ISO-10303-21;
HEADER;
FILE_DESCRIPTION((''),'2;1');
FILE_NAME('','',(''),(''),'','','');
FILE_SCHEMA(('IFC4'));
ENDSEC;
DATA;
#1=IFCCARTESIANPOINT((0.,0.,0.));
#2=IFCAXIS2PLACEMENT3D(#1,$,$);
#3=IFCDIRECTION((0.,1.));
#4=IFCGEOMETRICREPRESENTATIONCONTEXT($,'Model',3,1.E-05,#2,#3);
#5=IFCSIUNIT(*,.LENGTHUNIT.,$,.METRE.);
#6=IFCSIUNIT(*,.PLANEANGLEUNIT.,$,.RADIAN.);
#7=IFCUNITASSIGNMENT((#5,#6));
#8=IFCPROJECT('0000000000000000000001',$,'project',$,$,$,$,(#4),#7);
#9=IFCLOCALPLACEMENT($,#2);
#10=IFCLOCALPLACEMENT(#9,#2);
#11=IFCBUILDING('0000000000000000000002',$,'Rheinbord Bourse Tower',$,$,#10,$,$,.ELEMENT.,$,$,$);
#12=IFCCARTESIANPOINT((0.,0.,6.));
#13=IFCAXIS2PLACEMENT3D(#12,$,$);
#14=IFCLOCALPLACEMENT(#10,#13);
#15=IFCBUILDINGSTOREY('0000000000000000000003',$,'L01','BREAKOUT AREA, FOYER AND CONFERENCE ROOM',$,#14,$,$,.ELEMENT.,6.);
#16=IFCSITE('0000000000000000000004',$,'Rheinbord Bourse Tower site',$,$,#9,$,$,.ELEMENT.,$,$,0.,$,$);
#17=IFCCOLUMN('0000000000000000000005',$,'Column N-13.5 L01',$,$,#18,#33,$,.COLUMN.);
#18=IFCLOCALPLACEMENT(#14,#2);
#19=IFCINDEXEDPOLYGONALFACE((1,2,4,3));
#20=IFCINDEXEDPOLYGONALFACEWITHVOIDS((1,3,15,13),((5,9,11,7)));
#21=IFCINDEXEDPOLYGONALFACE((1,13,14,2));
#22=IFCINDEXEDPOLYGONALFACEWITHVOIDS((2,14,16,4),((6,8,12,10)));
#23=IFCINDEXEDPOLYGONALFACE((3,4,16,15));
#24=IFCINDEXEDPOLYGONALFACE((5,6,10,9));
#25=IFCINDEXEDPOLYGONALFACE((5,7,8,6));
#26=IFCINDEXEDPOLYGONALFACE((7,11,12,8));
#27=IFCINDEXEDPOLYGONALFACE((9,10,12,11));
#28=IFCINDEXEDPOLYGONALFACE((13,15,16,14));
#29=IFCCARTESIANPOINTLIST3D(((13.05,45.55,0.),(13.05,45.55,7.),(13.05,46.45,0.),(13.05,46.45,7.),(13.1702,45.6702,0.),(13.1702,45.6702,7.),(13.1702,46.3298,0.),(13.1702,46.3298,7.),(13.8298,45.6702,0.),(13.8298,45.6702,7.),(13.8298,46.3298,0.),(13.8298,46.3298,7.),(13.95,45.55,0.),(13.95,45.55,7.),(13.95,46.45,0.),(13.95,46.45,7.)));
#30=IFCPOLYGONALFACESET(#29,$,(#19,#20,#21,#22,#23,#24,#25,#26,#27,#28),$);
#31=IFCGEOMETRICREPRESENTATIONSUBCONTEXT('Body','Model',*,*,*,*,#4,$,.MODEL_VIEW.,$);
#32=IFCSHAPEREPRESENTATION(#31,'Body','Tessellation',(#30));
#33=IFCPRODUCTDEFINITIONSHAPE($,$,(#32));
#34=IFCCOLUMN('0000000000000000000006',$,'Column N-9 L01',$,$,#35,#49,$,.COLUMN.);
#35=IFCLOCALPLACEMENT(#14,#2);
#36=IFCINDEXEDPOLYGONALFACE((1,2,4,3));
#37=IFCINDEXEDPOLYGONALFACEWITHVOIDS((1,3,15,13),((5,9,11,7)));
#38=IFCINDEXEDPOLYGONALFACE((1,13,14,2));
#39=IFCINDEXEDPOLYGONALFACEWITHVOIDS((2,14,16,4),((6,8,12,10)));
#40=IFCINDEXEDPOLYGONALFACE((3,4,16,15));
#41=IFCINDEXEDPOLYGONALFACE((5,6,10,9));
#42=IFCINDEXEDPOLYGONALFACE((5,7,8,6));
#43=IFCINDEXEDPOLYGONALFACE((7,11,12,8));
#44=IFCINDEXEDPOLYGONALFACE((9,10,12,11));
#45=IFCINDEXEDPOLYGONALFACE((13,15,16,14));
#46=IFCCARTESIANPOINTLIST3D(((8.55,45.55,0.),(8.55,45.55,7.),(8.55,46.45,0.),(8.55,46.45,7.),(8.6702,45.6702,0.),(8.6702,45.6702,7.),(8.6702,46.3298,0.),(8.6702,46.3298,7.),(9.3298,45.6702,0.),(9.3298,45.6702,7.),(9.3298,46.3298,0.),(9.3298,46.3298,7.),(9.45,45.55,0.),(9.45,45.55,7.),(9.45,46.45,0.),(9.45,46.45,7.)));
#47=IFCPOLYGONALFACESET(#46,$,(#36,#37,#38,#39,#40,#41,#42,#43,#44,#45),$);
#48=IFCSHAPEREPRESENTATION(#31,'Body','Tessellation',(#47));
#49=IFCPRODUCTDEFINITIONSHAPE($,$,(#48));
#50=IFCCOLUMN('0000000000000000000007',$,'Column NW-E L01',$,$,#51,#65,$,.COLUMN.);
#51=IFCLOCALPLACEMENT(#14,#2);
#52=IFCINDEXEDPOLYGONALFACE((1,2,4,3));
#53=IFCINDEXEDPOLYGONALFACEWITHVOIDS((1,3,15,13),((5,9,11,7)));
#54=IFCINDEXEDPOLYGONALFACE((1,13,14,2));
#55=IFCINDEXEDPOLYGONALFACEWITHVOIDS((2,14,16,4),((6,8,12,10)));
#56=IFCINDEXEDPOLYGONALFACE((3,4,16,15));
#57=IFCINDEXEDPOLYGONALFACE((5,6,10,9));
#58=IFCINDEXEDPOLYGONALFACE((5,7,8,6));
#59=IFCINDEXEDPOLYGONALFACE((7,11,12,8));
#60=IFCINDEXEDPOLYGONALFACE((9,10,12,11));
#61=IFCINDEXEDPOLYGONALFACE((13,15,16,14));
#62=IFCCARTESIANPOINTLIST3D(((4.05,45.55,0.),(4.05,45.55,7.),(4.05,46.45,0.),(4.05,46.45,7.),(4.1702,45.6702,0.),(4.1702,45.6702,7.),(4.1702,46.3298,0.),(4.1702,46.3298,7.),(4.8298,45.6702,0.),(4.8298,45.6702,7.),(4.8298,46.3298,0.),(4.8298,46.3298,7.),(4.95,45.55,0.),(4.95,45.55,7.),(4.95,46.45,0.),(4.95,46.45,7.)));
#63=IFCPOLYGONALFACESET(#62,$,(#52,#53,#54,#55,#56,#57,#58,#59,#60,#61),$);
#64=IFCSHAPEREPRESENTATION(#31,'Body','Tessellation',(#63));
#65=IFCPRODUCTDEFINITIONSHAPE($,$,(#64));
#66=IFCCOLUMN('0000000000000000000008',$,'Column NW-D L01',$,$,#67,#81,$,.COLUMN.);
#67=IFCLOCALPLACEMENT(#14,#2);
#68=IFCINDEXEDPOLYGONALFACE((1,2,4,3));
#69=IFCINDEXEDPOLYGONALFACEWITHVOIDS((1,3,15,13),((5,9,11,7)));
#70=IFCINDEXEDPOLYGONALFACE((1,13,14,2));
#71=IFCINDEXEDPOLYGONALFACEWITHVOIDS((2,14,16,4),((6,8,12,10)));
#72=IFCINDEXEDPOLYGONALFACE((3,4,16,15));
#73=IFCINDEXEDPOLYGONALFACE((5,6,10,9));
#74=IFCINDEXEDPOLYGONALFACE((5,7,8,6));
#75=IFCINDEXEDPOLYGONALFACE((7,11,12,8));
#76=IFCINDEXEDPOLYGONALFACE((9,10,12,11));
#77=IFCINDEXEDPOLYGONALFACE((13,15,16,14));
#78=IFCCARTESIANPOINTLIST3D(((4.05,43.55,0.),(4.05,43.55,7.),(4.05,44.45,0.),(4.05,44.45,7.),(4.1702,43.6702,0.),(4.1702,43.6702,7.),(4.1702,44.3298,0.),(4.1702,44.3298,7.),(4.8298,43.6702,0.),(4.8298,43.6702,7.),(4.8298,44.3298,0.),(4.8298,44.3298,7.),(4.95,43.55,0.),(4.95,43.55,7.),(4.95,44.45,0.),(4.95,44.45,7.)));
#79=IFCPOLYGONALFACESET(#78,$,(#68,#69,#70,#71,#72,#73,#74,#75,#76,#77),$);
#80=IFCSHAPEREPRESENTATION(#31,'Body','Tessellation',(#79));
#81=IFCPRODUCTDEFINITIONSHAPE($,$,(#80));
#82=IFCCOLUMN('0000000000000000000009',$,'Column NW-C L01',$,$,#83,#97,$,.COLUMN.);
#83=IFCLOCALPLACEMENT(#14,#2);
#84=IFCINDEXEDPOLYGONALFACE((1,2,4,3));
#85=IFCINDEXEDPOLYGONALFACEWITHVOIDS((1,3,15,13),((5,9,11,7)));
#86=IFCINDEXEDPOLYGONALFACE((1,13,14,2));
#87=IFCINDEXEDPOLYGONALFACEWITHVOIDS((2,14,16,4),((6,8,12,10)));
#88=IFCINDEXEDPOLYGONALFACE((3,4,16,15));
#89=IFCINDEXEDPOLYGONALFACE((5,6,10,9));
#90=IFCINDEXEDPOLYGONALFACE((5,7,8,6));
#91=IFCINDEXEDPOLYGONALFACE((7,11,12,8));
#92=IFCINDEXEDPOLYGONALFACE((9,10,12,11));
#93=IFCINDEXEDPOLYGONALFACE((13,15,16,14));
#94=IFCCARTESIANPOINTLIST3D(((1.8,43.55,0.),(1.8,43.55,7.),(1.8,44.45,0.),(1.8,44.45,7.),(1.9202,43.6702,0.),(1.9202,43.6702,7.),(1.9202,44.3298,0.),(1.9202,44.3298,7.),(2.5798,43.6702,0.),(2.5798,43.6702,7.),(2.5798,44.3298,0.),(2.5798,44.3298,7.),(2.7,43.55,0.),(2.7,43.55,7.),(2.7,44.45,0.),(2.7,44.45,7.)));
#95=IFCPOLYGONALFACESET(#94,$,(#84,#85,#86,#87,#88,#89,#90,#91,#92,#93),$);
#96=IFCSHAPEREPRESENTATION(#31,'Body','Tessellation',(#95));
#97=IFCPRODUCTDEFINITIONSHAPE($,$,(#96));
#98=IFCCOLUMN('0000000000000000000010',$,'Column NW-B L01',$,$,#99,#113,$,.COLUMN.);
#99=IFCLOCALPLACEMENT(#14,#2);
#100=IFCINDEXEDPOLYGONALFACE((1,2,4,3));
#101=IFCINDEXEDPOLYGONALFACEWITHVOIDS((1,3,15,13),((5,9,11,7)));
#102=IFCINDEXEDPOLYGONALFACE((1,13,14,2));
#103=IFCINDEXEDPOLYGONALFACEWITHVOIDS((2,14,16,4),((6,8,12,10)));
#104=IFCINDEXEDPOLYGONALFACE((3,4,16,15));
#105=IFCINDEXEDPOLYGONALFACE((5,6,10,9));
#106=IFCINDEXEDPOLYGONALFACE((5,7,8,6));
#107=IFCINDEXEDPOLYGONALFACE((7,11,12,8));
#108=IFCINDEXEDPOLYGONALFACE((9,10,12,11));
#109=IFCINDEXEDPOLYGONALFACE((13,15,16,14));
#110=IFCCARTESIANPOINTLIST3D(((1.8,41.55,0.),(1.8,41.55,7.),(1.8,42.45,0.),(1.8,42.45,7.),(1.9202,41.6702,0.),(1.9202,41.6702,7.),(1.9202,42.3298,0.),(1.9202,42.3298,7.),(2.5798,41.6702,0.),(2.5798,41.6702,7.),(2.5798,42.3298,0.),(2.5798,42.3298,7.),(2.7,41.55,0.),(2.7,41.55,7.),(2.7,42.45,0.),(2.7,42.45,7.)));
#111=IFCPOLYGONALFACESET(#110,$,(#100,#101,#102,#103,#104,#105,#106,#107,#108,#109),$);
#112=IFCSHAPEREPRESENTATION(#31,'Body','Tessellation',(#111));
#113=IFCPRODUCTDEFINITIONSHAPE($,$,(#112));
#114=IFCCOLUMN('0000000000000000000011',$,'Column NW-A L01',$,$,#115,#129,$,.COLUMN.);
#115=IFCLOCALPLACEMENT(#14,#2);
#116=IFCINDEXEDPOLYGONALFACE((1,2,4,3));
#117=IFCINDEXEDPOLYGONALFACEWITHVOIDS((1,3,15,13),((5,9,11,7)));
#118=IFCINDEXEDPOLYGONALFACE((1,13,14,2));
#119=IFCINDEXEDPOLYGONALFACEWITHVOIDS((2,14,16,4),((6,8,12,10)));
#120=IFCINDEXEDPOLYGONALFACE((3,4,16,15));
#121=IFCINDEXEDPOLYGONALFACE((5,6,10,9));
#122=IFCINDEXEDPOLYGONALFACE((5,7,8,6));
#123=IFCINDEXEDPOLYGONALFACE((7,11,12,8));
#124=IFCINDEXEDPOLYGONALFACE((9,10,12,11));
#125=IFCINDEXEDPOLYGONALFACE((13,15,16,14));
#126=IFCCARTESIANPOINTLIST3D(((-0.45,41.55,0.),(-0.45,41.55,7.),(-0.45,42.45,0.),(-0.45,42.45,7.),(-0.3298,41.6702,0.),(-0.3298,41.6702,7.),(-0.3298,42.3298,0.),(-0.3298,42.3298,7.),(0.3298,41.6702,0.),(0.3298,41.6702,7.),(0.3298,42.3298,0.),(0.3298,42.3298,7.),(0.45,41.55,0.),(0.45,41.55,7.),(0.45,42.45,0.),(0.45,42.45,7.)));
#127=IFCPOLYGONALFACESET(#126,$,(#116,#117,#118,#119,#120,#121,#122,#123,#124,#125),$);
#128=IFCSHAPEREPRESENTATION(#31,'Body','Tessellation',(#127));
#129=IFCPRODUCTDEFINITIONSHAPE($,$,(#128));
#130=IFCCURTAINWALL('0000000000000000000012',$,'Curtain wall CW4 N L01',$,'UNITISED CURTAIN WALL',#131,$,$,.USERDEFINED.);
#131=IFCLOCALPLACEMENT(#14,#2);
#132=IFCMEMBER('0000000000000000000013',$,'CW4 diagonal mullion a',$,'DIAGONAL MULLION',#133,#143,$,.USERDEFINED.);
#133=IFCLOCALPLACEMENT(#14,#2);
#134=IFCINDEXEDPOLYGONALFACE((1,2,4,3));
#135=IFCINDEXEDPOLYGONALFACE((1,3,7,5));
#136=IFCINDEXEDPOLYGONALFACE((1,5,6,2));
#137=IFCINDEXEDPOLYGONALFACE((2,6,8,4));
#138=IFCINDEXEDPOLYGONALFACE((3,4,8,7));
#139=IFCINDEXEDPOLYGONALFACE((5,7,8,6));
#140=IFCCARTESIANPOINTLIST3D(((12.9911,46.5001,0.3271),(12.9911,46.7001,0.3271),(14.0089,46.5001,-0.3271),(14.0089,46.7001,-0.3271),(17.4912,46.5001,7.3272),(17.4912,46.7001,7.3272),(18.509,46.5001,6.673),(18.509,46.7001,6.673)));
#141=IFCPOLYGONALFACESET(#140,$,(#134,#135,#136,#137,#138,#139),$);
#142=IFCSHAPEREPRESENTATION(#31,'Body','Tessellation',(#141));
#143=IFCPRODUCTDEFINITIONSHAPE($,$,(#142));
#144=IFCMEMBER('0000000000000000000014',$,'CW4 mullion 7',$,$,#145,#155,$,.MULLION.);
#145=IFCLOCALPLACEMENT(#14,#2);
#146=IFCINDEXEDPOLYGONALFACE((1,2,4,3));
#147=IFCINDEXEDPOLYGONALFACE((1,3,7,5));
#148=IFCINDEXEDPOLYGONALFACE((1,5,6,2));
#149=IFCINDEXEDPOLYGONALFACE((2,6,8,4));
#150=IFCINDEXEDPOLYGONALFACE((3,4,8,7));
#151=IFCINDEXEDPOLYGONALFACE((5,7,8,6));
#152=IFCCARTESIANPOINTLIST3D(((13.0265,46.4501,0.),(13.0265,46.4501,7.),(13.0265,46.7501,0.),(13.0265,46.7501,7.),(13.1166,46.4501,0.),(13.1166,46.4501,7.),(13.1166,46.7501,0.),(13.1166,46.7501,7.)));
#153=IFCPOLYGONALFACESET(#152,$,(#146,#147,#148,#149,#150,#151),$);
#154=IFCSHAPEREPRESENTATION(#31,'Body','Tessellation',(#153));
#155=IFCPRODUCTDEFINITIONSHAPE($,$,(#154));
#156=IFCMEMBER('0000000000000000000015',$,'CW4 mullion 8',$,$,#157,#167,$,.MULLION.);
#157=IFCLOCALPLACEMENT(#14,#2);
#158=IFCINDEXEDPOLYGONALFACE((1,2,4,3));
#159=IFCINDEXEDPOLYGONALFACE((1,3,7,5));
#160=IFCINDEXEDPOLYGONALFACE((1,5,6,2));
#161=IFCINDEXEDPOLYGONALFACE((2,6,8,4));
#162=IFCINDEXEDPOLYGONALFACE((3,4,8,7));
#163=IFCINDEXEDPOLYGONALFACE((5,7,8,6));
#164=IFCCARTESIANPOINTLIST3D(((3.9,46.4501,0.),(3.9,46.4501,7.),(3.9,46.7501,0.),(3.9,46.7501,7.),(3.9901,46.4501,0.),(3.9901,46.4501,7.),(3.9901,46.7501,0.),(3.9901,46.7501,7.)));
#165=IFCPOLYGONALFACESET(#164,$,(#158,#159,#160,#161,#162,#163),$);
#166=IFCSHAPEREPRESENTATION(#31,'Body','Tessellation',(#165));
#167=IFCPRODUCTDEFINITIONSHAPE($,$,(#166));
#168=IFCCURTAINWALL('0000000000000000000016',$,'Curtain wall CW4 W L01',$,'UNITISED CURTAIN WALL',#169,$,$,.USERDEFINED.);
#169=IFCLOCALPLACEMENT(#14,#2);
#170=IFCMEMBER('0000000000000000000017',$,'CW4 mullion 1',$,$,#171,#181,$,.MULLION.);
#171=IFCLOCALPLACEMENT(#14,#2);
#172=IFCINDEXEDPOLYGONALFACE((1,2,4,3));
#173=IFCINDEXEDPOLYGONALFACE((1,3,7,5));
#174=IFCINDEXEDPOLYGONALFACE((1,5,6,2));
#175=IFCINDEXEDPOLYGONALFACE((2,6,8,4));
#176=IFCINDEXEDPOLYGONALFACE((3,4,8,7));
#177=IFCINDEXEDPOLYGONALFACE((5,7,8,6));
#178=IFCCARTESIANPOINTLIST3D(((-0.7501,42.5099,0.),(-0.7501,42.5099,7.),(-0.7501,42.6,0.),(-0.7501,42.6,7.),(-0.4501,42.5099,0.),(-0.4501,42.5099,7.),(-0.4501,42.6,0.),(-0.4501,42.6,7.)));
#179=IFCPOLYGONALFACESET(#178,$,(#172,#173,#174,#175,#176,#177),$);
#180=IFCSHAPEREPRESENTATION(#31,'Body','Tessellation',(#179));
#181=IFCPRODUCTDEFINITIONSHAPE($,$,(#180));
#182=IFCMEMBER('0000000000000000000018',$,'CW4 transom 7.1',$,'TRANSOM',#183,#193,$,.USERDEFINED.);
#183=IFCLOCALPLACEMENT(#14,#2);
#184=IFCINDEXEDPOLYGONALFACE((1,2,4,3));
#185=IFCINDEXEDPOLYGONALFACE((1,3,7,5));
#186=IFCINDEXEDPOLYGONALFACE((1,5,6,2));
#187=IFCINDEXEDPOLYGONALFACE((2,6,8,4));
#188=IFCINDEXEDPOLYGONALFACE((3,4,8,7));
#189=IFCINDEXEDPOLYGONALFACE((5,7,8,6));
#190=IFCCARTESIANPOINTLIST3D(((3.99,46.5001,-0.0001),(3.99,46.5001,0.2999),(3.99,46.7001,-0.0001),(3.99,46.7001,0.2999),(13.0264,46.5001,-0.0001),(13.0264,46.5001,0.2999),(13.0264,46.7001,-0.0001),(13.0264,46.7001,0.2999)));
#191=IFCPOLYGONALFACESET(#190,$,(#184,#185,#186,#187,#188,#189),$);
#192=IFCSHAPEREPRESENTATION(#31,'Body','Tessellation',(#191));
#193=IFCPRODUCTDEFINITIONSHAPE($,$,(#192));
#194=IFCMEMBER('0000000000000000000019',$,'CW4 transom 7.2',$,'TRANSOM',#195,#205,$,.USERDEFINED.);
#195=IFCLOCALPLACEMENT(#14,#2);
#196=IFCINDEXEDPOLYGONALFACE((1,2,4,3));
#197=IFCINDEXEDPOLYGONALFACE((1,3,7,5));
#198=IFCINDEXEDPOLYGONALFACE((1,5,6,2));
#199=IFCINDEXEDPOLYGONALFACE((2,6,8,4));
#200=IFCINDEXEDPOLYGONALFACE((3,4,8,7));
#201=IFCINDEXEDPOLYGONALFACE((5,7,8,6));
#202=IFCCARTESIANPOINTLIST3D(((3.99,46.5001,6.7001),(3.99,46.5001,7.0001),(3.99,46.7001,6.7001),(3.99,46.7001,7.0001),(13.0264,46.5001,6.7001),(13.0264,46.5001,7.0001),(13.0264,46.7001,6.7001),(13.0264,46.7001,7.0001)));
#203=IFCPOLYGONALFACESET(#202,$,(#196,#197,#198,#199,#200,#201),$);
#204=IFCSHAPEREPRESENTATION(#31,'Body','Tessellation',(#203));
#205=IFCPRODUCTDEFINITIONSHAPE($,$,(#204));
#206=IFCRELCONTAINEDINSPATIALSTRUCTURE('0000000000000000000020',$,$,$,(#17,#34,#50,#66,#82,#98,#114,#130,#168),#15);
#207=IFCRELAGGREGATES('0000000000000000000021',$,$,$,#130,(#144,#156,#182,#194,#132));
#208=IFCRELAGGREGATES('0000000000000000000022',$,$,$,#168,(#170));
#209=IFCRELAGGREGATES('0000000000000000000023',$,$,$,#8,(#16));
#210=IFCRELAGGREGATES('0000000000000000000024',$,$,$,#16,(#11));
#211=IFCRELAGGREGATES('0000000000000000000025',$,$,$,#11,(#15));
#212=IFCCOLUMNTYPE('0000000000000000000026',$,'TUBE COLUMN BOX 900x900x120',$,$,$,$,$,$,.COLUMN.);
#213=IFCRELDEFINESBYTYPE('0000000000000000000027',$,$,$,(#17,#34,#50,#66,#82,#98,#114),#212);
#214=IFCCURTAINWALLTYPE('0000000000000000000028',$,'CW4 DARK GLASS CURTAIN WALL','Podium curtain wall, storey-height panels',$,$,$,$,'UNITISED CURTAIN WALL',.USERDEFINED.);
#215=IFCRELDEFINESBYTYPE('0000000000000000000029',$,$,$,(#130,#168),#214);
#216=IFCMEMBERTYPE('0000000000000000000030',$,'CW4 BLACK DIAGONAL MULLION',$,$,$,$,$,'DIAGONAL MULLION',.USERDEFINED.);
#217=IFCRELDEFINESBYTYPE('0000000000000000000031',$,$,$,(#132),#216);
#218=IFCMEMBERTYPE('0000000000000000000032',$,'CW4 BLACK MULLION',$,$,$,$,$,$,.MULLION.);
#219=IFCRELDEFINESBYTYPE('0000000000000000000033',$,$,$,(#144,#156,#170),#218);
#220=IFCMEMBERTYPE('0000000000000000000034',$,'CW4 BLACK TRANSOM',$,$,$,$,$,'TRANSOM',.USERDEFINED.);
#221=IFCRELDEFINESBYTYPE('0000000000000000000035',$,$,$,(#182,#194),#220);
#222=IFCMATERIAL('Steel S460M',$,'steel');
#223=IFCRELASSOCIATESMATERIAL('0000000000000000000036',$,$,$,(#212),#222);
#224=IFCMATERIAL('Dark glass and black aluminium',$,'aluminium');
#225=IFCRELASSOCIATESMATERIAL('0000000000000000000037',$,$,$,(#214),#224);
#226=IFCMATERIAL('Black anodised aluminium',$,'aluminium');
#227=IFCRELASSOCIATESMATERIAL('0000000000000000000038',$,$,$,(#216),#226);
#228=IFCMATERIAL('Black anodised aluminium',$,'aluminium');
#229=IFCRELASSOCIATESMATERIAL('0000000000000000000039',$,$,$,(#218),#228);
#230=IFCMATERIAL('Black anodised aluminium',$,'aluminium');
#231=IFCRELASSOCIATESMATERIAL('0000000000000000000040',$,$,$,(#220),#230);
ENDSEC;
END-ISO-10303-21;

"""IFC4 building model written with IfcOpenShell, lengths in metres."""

from ifc_helpers import new_model, si_unit, direction, frame, origin, origin_2d, place, context, subcontext, project, spatial, rectangle, hollow_rectangle, extrude, material, material_profile, profile_set, type_object, element, aggregate, save


model = new_model("IFC4")

# Units and contexts
model_context = context("Model", 3, precision=1e-05, world=origin(), true_north=direction((0.0, 1.0)))
body_context = subcontext(model_context, "Body", "Model", "MODEL_VIEW")
ifc_project = project(units=[si_unit("LENGTHUNIT", "METRE"), si_unit("PLANEANGLEUNIT", "RADIAN")], contexts=[model_context])

# Site, building, storey
site_placement = place(None, origin())
site = spatial("IfcSite", under=ifc_project, at=site_placement, Name="Rheinbord Bourse Tower site", CompositionType="ELEMENT", RefElevation=0.0)
building_placement = place(site_placement, origin())
building = spatial("IfcBuilding", under=site, at=building_placement, Name="Rheinbord Bourse Tower", CompositionType="ELEMENT")
storey_placement = place(building_placement, frame((0.0, 0.0, 6.0)))
storey = spatial("IfcBuildingStorey", under=building, at=storey_placement, Name="L01", Description="BREAKOUT AREA, FOYER AND CONFERENCE ROOM", CompositionType="ELEMENT", Elevation=6.0)

# Columns
ifc_material_1 = material(Name="Steel S460M", Category="steel")
ifc_material_profile_1 = material_profile(ifc_material_1, hollow_rectangle(XDim=0.8999, YDim=0.8999, WallThickness=0.1201, at=origin_2d()), Name="BOX 900x900x120")
ifc_profile_set_1 = profile_set([ifc_material_profile_1], Name="Steel S460M")
column_type = type_object("IfcColumnType", Name="TUBE COLUMN BOX 900x900x120", PredefinedType="COLUMN", material=ifc_profile_set_1)
for number, where, z_axis, x_axis, name in (
    (1, (13.5, 46.0, 0.0), (0.0, 0.0, 1.0), (0.0, 1.0, 0.0), "Column N-13.5 L01"),
    (2, (9.0, 46.0, 0.0), (0.0, 0.0, 1.0), (0.0, 1.0, 0.0), "Column N-9 L01"),
    (3, (4.5, 46.0, 0.0), (0.0, 0.0, 1.0), (0.0, 1.0, 0.0), "Column NW-E L01"),
    (4, (4.5, 44.0, 0.0), (0.0, 0.0, 1.0), (0.0, 1.0, 0.0), "Column NW-D L01"),
    (5, (2.25, 44.0, 0.0), (0.0, 0.0, 1.0), (1.0, 0.0, 0.0), "Column NW-C L01"),
    (6, (2.25, 42.0, 0.0), (0.0, 0.0, 1.0), (1.0, 0.0, 0.0), "Column NW-B L01"),
    (7, (0.0, 42.0, 0.0), (0.0, 0.0, 1.0), (1.0, 0.0, 0.0), "Column NW-A L01"),
):
    element("IfcColumn", number, at=place(storey_placement, frame(where, z_axis=z_axis, x_axis=x_axis)), inside=storey, type_object=column_type, Name=name, PredefinedType="COLUMN", context=body_context, shape_type="SweptSolid", body=[
        extrude(hollow_rectangle(XDim=0.8999, YDim=0.8999, WallThickness=0.1201, at=origin_2d()), origin(), (0.0, 0.0, 1.0), 7.0),
    ])

# Curtain wall, members
ifc_material_2 = material(Name="Dark glass and black aluminium", Category="aluminium")
curtain_wall_type = type_object("IfcCurtainWallType", Name="CW4 DARK GLASS CURTAIN WALL", Description="Podium curtain wall, storey-height panels", ElementType="UNITISED CURTAIN WALL", PredefinedType="USERDEFINED", material=ifc_material_2)
curtain_wall_1_placement = place(storey_placement, origin())
curtain_wall_1 = element("IfcCurtainWall", 8, at=curtain_wall_1_placement, inside=storey, type_object=curtain_wall_type, Name="Curtain wall CW4 N L01", ObjectType="UNITISED CURTAIN WALL", PredefinedType="USERDEFINED")
ifc_material_3 = material(Name="Black anodised aluminium", Category="aluminium")
ifc_material_profile_2 = material_profile(ifc_material_3, rectangle(XDim=0.2, YDim=1.21, at=origin_2d()), Name="CW4 DIAGONAL MULLION 1210x200")
ifc_profile_set_2 = profile_set([ifc_material_profile_2], Name="Black anodised aluminium")
member_type_1 = type_object("IfcMemberType", Name="CW4 BLACK DIAGONAL MULLION", ElementType="DIAGONAL MULLION", PredefinedType="USERDEFINED", material=ifc_profile_set_2)
member_1_placement = place(storey_placement, frame((13.5, 46.6001, 0.0), z_axis=(0.540758, 0.0, 0.841178), x_axis=(0.0, 1.0, 0.0)))
member_1 = element("IfcMember", 9, at=member_1_placement, type_object=member_type_1, Name="CW4 diagonal mullion a", ObjectType="DIAGONAL MULLION", PredefinedType="USERDEFINED", context=body_context, shape_type="SweptSolid", body=[
    extrude(rectangle(XDim=0.2, YDim=1.21, at=origin_2d()), origin(), (0.0, 0.0, 1.0), 8.3218),
])
ifc_material_4 = material(Name="Black anodised aluminium", Category="aluminium")
ifc_material_profile_3 = material_profile(ifc_material_4, rectangle(XDim=0.3, YDim=0.0901, at=origin_2d()), Name="CW4 MULLION 90x300")
ifc_profile_set_3 = profile_set([ifc_material_profile_3], Name="Black anodised aluminium")
member_type_2 = type_object("IfcMemberType", Name="CW4 BLACK MULLION", PredefinedType="MULLION", material=ifc_profile_set_3)
member_2_placement = place(storey_placement, frame((13.0715, 46.6001, 0.0), z_axis=(0.0, 0.0, 1.0), x_axis=(0.0, -1.0, 0.0)))
member_2 = element("IfcMember", 10, at=member_2_placement, type_object=member_type_2, Name="CW4 mullion 7", PredefinedType="MULLION", context=body_context, shape_type="SweptSolid", body=[
    extrude(rectangle(XDim=0.3, YDim=0.0901, at=origin_2d()), origin(), (0.0, 0.0, 1.0), 7.0),
])
member_3_placement = place(storey_placement, frame((3.9451, 46.6001, 0.0), z_axis=(0.0, 0.0, 1.0), x_axis=(0.0, -1.0, 0.0)))
member_3 = element("IfcMember", 11, at=member_3_placement, type_object=member_type_2, Name="CW4 mullion 8", PredefinedType="MULLION", context=body_context, shape_type="SweptSolid", body=[
    extrude(rectangle(XDim=0.3, YDim=0.0901, at=origin_2d()), origin(), (0.0, 0.0, 1.0), 7.0),
])

# Curtain wall, member
curtain_wall_2_placement = place(storey_placement, origin())
curtain_wall_2 = element("IfcCurtainWall", 12, at=curtain_wall_2_placement, inside=storey, type_object=curtain_wall_type, Name="Curtain wall CW4 W L01", ObjectType="UNITISED CURTAIN WALL", PredefinedType="USERDEFINED")
member_4_placement = place(storey_placement, frame((-0.6001, 42.5549, 0.0), z_axis=(0.0, 0.0, 1.0), x_axis=(1.0, 0.0, 0.0)))
member_4 = element("IfcMember", 13, at=member_4_placement, type_object=member_type_2, Name="CW4 mullion 1", PredefinedType="MULLION", context=body_context, shape_type="SweptSolid", body=[
    extrude(rectangle(XDim=0.3, YDim=0.0901, at=origin_2d()), origin(), (0.0, 0.0, 1.0), 7.0),
])

# Members
ifc_material_5 = material(Name="Black anodised aluminium", Category="aluminium")
ifc_material_profile_4 = material_profile(ifc_material_5, rectangle(XDim=0.2, YDim=0.3, at=origin_2d()), Name="CW4 TRANSOM 300x200")
ifc_profile_set_4 = profile_set([ifc_material_profile_4], Name="Black anodised aluminium")
member_type_3 = type_object("IfcMemberType", Name="CW4 BLACK TRANSOM", ElementType="TRANSOM", PredefinedType="USERDEFINED", material=ifc_profile_set_4)
member_5_placement = place(storey_placement, frame((13.0264, 46.6001, 0.1499), z_axis=(-1.0, 0.0, 0.0), x_axis=(0.0, -1.0, 0.0)))
member_5 = element("IfcMember", 14, at=member_5_placement, type_object=member_type_3, Name="CW4 transom 7.1", ObjectType="TRANSOM", PredefinedType="USERDEFINED", context=body_context, shape_type="SweptSolid", body=[
    extrude(rectangle(XDim=0.2, YDim=0.3, at=origin_2d()), origin(), (0.0, 0.0, 1.0), 9.0364),
])
member_6_placement = place(storey_placement, frame((13.0264, 46.6001, 6.8501), z_axis=(-1.0, 0.0, 0.0), x_axis=(0.0, -1.0, 0.0)))
member_6 = element("IfcMember", 15, at=member_6_placement, type_object=member_type_3, Name="CW4 transom 7.2", ObjectType="TRANSOM", PredefinedType="USERDEFINED", context=body_context, shape_type="SweptSolid", body=[
    extrude(rectangle(XDim=0.2, YDim=0.3, at=origin_2d()), origin(), (0.0, 0.0, 1.0), 9.0364),
])

aggregate(curtain_wall_1, [member_2, member_3, member_5, member_6, member_1])
aggregate(curtain_wall_2, [member_4])

save(model, "model.ifc")
